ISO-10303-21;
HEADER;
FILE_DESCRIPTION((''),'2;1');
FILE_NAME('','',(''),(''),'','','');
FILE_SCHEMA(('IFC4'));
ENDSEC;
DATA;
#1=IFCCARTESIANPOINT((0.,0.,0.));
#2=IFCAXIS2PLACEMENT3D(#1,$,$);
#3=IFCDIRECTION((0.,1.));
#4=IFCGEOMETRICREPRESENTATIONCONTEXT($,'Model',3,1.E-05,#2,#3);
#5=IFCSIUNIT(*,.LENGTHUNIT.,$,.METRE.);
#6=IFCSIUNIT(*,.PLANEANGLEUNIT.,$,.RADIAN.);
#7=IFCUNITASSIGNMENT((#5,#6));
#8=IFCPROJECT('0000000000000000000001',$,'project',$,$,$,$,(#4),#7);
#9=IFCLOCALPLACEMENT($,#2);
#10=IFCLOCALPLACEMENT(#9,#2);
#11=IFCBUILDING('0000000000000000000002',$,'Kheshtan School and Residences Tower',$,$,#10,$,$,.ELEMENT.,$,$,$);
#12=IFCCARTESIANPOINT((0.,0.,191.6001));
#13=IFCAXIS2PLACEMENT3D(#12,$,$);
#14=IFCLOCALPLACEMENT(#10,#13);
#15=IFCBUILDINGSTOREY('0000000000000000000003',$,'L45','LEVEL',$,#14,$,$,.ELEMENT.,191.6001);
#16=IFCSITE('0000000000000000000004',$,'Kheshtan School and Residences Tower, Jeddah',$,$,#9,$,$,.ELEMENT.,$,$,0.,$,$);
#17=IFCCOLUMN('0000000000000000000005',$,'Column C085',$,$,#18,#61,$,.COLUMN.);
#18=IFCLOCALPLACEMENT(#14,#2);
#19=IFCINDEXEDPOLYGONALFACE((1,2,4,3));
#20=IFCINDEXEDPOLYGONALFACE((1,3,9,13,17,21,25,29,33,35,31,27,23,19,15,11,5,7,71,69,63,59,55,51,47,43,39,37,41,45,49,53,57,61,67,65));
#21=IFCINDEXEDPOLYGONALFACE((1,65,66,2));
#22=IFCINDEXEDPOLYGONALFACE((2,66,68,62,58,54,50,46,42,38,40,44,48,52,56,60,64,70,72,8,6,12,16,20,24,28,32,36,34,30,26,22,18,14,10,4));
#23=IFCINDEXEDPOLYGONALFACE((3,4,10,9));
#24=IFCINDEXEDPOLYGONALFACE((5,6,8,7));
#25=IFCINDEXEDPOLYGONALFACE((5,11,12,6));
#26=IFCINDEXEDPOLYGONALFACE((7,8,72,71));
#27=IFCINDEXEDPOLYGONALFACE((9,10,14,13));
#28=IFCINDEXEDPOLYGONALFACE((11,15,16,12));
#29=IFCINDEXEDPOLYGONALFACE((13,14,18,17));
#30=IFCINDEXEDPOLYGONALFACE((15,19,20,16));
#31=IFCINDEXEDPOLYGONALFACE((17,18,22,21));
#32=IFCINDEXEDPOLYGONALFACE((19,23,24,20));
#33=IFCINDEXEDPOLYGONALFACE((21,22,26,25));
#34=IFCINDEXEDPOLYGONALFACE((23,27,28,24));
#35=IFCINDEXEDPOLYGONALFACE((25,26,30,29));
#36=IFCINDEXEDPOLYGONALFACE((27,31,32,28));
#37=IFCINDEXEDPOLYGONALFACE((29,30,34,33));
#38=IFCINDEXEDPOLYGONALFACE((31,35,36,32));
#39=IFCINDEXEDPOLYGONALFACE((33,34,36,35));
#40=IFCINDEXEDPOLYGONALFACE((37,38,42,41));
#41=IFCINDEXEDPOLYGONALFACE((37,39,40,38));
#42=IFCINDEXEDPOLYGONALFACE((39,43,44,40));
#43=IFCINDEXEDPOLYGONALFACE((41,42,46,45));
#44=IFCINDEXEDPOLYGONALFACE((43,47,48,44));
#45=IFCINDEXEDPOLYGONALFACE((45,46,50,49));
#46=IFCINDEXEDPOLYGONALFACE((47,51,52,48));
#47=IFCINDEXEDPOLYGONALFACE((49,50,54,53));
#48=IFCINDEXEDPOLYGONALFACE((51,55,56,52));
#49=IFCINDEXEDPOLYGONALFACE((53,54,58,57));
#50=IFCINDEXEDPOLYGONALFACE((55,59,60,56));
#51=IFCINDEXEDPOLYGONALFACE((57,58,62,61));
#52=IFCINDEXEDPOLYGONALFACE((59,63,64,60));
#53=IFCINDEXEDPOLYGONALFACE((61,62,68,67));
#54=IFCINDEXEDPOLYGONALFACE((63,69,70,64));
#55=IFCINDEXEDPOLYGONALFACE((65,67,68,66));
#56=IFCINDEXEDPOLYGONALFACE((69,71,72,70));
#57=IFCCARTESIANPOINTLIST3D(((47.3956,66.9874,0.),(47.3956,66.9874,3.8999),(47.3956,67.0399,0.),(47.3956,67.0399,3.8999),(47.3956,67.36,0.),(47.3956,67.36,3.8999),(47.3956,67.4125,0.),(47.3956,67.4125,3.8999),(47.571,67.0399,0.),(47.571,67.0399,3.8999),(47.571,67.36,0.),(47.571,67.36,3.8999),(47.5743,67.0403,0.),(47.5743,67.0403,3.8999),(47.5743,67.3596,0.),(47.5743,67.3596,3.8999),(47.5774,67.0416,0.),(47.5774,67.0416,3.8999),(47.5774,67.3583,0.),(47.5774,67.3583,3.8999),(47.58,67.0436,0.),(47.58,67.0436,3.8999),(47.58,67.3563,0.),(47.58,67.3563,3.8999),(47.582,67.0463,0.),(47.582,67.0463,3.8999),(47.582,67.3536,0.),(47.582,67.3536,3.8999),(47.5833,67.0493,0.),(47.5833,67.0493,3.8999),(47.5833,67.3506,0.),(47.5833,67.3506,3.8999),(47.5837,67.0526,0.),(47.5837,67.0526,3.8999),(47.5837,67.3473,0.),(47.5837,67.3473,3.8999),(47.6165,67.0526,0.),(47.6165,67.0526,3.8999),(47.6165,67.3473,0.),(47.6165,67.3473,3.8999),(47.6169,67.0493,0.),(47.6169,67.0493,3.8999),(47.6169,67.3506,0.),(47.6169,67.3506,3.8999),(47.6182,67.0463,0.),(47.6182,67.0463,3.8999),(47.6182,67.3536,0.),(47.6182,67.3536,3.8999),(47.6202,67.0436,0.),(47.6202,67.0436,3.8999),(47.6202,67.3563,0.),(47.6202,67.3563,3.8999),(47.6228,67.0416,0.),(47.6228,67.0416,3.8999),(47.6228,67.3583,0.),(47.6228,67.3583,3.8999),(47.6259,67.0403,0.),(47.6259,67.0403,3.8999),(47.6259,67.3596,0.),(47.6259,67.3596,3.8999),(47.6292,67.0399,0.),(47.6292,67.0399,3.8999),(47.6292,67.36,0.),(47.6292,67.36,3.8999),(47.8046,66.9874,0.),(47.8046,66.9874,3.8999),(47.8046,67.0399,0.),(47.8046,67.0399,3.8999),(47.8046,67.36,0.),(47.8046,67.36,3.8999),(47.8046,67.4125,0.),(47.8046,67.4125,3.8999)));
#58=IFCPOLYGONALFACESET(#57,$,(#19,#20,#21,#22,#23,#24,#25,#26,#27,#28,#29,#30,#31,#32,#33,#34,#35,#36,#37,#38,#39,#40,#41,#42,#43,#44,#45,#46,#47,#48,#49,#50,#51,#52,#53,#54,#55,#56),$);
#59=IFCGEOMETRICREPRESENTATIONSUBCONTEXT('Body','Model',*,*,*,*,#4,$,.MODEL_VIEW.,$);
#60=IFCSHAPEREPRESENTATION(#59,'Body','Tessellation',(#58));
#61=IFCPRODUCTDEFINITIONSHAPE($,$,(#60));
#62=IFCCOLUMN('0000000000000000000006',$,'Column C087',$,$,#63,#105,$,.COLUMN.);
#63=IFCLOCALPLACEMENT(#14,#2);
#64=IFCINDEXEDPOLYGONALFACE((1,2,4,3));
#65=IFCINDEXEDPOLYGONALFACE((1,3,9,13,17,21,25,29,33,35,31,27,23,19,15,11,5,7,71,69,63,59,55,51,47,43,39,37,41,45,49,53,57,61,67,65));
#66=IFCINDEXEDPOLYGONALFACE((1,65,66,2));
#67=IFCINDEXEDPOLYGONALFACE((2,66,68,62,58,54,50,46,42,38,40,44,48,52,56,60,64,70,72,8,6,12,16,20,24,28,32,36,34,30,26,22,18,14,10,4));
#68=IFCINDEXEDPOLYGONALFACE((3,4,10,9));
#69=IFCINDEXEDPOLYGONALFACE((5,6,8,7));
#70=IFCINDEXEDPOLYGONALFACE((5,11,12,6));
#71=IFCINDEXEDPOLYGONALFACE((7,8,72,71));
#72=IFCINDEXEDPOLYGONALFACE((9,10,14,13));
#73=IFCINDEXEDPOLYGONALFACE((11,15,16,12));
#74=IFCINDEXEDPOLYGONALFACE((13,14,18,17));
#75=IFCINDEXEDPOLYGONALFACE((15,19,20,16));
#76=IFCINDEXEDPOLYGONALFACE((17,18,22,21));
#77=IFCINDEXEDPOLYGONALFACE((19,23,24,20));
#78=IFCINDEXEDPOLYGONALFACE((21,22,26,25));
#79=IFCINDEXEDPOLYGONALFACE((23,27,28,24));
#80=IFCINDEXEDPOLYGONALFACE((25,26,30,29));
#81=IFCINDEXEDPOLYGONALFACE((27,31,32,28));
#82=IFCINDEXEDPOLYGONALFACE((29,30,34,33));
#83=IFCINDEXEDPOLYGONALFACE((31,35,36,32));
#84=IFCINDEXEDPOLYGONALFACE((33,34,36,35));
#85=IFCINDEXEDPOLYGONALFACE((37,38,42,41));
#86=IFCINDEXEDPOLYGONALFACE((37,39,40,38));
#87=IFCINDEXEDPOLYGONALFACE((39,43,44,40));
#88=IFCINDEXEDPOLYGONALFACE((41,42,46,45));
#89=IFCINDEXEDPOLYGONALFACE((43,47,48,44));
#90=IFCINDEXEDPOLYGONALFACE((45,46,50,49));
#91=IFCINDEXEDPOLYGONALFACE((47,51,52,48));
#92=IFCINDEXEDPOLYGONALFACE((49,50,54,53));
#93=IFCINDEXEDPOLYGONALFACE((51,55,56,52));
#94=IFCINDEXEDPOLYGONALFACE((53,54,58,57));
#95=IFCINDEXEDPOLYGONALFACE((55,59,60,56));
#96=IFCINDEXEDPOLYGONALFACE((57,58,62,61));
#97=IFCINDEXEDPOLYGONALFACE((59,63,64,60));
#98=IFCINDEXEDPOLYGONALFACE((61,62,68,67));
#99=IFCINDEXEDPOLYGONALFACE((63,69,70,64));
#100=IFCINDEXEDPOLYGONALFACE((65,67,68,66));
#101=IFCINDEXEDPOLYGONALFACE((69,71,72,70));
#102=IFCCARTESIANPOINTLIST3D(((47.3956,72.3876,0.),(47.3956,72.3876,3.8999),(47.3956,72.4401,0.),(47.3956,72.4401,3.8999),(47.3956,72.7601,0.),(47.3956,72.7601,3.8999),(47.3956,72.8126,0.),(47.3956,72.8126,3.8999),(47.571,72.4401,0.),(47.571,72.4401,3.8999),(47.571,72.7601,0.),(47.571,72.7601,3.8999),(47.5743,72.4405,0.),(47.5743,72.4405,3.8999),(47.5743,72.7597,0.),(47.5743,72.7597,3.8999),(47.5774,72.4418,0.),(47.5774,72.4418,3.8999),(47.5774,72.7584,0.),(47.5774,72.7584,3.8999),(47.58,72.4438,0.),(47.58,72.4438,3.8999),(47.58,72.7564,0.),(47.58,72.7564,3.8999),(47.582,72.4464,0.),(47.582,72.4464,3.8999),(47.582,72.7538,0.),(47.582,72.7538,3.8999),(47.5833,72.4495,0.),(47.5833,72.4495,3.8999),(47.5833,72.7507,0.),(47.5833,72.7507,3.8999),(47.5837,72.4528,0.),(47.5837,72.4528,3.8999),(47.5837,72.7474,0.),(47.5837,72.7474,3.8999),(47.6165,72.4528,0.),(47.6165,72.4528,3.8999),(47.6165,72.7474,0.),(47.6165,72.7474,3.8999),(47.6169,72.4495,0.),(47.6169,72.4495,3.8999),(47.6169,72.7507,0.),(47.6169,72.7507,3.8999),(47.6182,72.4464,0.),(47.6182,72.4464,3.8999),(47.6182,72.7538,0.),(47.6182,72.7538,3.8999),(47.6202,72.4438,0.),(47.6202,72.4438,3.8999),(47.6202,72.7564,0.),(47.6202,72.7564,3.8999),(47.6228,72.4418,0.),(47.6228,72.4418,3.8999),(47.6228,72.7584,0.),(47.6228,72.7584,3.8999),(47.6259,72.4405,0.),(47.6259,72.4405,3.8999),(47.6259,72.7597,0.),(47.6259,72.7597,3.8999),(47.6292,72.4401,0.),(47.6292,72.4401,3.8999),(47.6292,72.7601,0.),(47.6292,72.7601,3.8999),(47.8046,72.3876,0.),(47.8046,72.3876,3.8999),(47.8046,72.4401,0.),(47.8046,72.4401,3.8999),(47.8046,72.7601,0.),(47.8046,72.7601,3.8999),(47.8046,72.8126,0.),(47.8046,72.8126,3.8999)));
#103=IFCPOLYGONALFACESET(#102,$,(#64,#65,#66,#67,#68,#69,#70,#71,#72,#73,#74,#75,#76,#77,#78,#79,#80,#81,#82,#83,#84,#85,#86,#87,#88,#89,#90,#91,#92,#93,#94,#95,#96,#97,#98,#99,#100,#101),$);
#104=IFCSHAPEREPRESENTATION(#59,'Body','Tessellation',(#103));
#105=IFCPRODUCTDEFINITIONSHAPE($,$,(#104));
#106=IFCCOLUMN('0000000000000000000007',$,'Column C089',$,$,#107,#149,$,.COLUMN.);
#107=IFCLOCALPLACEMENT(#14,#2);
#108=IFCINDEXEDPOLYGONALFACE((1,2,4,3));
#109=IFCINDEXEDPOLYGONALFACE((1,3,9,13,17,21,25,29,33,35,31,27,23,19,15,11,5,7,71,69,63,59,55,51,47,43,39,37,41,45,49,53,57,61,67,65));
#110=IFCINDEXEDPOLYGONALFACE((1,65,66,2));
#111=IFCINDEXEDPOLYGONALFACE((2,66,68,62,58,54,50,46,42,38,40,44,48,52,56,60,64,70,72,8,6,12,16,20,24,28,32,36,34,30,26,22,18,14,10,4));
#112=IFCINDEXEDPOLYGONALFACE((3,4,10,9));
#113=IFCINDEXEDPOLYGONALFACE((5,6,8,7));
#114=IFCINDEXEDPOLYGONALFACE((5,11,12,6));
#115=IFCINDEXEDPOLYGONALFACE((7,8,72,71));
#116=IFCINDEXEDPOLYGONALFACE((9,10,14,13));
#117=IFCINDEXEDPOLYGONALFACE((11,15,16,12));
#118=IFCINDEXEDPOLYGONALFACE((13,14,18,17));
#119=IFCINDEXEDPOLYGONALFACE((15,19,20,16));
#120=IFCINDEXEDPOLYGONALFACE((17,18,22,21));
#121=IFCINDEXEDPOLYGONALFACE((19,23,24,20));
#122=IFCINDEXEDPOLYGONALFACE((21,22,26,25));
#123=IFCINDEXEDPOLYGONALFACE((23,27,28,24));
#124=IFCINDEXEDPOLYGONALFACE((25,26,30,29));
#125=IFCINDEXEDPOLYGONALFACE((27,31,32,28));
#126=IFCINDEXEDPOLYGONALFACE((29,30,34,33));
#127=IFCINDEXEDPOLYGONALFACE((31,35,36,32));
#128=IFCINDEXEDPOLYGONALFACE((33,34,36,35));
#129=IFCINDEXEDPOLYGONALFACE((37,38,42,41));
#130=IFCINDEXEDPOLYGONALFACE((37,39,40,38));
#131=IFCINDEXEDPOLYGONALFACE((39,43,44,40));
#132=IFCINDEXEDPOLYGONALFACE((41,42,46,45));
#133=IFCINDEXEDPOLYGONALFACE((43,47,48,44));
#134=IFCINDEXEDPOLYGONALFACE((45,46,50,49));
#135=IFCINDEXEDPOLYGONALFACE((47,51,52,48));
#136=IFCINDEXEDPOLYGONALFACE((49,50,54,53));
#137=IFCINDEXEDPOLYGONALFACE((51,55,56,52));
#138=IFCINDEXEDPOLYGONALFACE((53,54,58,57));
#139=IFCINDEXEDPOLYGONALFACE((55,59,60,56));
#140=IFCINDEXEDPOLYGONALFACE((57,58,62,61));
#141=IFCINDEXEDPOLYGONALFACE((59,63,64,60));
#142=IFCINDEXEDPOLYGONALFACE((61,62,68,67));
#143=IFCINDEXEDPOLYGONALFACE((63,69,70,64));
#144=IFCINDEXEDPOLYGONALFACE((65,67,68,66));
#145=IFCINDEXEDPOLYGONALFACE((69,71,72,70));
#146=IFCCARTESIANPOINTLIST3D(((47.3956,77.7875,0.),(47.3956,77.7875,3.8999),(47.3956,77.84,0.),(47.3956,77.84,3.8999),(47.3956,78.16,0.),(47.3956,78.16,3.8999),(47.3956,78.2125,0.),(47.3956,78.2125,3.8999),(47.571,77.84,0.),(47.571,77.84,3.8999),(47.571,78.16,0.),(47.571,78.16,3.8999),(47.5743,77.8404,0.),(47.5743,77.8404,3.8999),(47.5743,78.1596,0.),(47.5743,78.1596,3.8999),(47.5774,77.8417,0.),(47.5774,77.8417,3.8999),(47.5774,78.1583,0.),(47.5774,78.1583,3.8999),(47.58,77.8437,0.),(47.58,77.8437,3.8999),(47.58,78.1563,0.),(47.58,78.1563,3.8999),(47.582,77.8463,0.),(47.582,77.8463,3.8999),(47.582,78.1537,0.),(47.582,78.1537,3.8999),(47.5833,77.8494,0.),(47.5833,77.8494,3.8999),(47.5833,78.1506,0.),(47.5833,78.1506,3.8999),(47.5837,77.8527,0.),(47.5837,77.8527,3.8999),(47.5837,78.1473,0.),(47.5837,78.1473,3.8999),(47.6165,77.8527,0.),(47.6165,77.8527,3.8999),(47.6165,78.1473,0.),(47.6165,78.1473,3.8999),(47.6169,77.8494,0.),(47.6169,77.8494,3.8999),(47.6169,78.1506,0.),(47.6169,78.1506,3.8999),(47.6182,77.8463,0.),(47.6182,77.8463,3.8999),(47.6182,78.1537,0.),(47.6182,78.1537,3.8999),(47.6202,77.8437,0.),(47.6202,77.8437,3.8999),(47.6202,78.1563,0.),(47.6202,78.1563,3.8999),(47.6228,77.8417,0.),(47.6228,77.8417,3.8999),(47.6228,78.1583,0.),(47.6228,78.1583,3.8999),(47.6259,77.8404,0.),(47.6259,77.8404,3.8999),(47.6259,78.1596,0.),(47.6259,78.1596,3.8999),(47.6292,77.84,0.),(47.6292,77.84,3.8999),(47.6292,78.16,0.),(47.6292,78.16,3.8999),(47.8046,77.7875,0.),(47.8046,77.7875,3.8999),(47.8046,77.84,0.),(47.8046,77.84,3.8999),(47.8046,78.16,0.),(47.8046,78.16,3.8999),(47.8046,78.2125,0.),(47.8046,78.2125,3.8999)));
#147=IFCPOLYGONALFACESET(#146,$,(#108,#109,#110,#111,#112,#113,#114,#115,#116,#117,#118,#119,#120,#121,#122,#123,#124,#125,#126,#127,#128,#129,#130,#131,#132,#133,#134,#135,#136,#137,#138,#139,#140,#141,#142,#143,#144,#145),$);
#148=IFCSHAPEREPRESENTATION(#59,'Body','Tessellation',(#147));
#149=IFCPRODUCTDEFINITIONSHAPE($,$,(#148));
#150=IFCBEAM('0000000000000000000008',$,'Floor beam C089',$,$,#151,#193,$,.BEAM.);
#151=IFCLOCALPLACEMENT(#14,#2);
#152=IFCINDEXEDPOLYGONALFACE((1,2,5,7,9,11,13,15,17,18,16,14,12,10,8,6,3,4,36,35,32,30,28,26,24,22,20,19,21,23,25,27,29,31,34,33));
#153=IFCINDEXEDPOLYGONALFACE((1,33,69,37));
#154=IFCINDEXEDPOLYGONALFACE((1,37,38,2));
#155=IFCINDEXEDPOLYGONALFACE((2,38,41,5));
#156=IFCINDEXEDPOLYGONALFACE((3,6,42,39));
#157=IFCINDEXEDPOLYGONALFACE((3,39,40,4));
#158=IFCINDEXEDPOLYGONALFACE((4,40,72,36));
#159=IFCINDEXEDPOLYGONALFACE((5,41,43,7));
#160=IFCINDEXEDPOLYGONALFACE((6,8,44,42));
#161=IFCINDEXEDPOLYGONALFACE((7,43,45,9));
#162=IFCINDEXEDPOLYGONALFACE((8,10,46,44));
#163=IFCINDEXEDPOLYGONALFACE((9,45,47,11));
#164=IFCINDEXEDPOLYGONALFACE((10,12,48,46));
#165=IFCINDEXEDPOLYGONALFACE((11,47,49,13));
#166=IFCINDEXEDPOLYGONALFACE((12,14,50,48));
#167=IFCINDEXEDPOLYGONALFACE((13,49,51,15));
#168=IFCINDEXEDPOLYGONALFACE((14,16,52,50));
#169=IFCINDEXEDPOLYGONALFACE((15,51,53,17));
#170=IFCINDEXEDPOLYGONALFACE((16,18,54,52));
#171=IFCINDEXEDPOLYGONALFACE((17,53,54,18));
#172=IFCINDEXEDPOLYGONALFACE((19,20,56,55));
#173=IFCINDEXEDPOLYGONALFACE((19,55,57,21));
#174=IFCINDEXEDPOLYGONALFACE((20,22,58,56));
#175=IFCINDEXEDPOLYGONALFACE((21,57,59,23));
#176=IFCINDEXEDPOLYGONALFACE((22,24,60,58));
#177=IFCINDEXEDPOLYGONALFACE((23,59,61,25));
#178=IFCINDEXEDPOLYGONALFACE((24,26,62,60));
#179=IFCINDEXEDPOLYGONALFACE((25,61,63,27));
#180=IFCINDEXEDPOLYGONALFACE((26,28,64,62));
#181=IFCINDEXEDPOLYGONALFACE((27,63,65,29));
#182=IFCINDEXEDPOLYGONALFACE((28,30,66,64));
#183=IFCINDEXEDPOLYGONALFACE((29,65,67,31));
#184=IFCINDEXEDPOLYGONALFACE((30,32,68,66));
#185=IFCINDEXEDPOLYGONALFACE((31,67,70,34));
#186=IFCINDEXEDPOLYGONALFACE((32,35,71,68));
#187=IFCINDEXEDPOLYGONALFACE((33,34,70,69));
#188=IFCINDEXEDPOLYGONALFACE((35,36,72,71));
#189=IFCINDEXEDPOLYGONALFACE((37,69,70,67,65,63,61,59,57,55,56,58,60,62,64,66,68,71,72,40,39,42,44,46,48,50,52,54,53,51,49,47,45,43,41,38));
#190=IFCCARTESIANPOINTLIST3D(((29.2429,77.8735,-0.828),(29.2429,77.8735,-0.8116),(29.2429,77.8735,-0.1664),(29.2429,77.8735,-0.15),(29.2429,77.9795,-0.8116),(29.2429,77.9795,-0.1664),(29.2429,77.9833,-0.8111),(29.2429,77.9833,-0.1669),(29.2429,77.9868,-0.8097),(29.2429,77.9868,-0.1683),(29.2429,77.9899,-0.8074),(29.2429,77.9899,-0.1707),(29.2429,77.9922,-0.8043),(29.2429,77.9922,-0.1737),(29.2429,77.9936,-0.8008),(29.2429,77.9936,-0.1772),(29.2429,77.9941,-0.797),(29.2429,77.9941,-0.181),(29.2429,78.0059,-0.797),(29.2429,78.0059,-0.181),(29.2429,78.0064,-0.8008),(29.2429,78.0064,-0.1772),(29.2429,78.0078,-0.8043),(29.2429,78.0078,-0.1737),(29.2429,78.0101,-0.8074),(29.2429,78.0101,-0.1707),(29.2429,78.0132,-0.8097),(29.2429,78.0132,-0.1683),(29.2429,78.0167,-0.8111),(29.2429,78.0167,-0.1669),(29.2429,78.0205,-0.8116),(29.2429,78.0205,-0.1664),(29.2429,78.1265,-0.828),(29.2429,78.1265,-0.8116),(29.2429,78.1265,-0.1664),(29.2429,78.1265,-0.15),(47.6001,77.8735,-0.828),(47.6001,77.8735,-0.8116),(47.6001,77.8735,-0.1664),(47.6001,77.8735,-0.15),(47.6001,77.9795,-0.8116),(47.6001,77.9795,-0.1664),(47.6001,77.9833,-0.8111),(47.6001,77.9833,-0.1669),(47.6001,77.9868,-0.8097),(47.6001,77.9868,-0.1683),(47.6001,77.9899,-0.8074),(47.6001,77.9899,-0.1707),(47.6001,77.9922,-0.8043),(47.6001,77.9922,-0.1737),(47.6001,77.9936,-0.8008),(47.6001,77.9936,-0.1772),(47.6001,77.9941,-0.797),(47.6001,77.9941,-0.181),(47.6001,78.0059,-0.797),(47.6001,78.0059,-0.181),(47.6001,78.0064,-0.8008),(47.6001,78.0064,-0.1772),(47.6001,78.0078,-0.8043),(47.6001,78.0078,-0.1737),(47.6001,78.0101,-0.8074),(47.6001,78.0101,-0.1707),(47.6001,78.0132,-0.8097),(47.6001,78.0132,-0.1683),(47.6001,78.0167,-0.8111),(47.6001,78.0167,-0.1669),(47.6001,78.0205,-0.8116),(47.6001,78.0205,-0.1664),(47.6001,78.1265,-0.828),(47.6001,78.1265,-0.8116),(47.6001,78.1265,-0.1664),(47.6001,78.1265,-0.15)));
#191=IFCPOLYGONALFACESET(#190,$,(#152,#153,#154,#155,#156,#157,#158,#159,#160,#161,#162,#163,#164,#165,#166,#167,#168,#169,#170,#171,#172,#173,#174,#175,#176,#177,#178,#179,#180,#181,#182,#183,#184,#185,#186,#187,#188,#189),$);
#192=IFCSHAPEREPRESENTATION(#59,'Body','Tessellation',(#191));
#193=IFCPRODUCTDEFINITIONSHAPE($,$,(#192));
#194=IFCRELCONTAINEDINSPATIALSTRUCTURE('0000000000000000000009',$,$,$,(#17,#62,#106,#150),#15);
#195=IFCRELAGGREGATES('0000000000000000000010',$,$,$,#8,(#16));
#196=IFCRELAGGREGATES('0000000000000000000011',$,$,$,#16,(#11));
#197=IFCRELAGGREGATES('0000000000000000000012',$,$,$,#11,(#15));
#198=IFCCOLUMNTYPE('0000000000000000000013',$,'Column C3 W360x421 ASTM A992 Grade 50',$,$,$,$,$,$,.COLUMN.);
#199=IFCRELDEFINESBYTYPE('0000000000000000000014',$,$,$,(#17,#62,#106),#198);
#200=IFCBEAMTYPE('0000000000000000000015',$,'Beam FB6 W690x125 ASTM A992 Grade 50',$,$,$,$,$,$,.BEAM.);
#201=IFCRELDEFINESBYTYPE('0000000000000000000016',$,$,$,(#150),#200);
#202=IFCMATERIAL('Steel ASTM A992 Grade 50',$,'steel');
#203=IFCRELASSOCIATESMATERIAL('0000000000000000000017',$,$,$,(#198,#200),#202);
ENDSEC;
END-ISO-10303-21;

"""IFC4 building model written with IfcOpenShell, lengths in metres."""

from ifc_helpers import new_model, si_unit, direction, frame, origin, origin_2d, place, context, subcontext, project, spatial, i_section, extrude, material, material_profile, profile_set, type_object, element, save


model = new_model("IFC4")

# Units and contexts
model_context = context("Model", 3, precision=1e-05, world=origin(), true_north=direction((0.0, 1.0)))
body_context = subcontext(model_context, "Body", "Model", "MODEL_VIEW")
ifc_project = project(units=[si_unit("LENGTHUNIT", "METRE"), si_unit("PLANEANGLEUNIT", "RADIAN")], contexts=[model_context])

# Site, building, storey
site_placement = place(None, origin())
site = spatial("IfcSite", under=ifc_project, at=site_placement, Name="Kheshtan School and Residences Tower, Jeddah", CompositionType="ELEMENT", RefElevation=0.0)
building_placement = place(site_placement, origin())
building = spatial("IfcBuilding", under=site, at=building_placement, Name="Kheshtan School and Residences Tower", CompositionType="ELEMENT")
storey_placement = place(building_placement, frame((0.0, 0.0, 191.6001)))
storey = spatial("IfcBuildingStorey", under=building, at=storey_placement, Name="L45", Description="LEVEL", CompositionType="ELEMENT", Elevation=191.6001)

# Columns
ifc_material_1 = material(Name="Steel ASTM A992 Grade 50", Category="steel")
ifc_material_profile_1 = material_profile(ifc_material_1, i_section(OverallWidth=0.4089, OverallDepth=0.425, WebThickness=0.0327, FlangeThickness=0.0525, FilletRadius=0.0127, at=origin_2d()), Name="W360x421")
ifc_profile_set_1 = profile_set([ifc_material_profile_1], Name="Steel ASTM A992 Grade 50")
column_type = type_object("IfcColumnType", Name="Column C3 W360x421 ASTM A992 Grade 50", PredefinedType="COLUMN", material=ifc_profile_set_1)
for number, where, z_axis, x_axis, name in (
    (1, (47.6001, 67.2, 0.0), (0.0, 0.0, 1.0), (1.0, 0.0, 0.0), "Column C085"),
    (2, (47.6001, 72.6001, 0.0), (0.0, 0.0, 1.0), (1.0, 0.0, 0.0), "Column C087"),
    (3, (47.6001, 78.0, 0.0), (0.0, 0.0, 1.0), (1.0, 0.0, 0.0), "Column C089"),
):
    element("IfcColumn", number, at=place(storey_placement, frame(where, z_axis=z_axis, x_axis=x_axis)), inside=storey, type_object=column_type, Name=name, PredefinedType="COLUMN", context=body_context, shape_type="SweptSolid", body=[
        extrude(i_section(OverallWidth=0.4089, OverallDepth=0.425, WebThickness=0.0327, FlangeThickness=0.0525, FilletRadius=0.0127, at=origin_2d()), origin(), (0.0, 0.0, 1.0), 3.8999),
    ])

# Beam
ifc_material_profile_2 = material_profile(ifc_material_1, i_section(OverallWidth=0.2529, OverallDepth=0.678, WebThickness=0.0117, FlangeThickness=0.0164, FilletRadius=0.0146, at=origin_2d()), Name="W690x125")
ifc_profile_set_2 = profile_set([ifc_material_profile_2], Name="Steel ASTM A992 Grade 50")
beam_type_1 = type_object("IfcBeamType", Name="Beam FB6 W690x125 ASTM A992 Grade 50", PredefinedType="BEAM", material=ifc_profile_set_2)
beam_1_placement = place(storey_placement, frame((47.6001, 78.0, -0.489), z_axis=(-1.0, 0.0, 0.0), x_axis=(0.0, -1.0, 0.0)))
element("IfcBeam", 4, at=beam_1_placement, inside=storey, type_object=beam_type_1, Name="Floor beam C089", PredefinedType="BEAM", context=body_context, shape_type="SweptSolid", body=[
    extrude(i_section(OverallWidth=0.2529, OverallDepth=0.678, WebThickness=0.0117, FlangeThickness=0.0164, FilletRadius=0.0146, at=origin_2d()), origin(), (0.0, 0.0, 1.0), 18.3572),
])

save(model, "model.ifc")
